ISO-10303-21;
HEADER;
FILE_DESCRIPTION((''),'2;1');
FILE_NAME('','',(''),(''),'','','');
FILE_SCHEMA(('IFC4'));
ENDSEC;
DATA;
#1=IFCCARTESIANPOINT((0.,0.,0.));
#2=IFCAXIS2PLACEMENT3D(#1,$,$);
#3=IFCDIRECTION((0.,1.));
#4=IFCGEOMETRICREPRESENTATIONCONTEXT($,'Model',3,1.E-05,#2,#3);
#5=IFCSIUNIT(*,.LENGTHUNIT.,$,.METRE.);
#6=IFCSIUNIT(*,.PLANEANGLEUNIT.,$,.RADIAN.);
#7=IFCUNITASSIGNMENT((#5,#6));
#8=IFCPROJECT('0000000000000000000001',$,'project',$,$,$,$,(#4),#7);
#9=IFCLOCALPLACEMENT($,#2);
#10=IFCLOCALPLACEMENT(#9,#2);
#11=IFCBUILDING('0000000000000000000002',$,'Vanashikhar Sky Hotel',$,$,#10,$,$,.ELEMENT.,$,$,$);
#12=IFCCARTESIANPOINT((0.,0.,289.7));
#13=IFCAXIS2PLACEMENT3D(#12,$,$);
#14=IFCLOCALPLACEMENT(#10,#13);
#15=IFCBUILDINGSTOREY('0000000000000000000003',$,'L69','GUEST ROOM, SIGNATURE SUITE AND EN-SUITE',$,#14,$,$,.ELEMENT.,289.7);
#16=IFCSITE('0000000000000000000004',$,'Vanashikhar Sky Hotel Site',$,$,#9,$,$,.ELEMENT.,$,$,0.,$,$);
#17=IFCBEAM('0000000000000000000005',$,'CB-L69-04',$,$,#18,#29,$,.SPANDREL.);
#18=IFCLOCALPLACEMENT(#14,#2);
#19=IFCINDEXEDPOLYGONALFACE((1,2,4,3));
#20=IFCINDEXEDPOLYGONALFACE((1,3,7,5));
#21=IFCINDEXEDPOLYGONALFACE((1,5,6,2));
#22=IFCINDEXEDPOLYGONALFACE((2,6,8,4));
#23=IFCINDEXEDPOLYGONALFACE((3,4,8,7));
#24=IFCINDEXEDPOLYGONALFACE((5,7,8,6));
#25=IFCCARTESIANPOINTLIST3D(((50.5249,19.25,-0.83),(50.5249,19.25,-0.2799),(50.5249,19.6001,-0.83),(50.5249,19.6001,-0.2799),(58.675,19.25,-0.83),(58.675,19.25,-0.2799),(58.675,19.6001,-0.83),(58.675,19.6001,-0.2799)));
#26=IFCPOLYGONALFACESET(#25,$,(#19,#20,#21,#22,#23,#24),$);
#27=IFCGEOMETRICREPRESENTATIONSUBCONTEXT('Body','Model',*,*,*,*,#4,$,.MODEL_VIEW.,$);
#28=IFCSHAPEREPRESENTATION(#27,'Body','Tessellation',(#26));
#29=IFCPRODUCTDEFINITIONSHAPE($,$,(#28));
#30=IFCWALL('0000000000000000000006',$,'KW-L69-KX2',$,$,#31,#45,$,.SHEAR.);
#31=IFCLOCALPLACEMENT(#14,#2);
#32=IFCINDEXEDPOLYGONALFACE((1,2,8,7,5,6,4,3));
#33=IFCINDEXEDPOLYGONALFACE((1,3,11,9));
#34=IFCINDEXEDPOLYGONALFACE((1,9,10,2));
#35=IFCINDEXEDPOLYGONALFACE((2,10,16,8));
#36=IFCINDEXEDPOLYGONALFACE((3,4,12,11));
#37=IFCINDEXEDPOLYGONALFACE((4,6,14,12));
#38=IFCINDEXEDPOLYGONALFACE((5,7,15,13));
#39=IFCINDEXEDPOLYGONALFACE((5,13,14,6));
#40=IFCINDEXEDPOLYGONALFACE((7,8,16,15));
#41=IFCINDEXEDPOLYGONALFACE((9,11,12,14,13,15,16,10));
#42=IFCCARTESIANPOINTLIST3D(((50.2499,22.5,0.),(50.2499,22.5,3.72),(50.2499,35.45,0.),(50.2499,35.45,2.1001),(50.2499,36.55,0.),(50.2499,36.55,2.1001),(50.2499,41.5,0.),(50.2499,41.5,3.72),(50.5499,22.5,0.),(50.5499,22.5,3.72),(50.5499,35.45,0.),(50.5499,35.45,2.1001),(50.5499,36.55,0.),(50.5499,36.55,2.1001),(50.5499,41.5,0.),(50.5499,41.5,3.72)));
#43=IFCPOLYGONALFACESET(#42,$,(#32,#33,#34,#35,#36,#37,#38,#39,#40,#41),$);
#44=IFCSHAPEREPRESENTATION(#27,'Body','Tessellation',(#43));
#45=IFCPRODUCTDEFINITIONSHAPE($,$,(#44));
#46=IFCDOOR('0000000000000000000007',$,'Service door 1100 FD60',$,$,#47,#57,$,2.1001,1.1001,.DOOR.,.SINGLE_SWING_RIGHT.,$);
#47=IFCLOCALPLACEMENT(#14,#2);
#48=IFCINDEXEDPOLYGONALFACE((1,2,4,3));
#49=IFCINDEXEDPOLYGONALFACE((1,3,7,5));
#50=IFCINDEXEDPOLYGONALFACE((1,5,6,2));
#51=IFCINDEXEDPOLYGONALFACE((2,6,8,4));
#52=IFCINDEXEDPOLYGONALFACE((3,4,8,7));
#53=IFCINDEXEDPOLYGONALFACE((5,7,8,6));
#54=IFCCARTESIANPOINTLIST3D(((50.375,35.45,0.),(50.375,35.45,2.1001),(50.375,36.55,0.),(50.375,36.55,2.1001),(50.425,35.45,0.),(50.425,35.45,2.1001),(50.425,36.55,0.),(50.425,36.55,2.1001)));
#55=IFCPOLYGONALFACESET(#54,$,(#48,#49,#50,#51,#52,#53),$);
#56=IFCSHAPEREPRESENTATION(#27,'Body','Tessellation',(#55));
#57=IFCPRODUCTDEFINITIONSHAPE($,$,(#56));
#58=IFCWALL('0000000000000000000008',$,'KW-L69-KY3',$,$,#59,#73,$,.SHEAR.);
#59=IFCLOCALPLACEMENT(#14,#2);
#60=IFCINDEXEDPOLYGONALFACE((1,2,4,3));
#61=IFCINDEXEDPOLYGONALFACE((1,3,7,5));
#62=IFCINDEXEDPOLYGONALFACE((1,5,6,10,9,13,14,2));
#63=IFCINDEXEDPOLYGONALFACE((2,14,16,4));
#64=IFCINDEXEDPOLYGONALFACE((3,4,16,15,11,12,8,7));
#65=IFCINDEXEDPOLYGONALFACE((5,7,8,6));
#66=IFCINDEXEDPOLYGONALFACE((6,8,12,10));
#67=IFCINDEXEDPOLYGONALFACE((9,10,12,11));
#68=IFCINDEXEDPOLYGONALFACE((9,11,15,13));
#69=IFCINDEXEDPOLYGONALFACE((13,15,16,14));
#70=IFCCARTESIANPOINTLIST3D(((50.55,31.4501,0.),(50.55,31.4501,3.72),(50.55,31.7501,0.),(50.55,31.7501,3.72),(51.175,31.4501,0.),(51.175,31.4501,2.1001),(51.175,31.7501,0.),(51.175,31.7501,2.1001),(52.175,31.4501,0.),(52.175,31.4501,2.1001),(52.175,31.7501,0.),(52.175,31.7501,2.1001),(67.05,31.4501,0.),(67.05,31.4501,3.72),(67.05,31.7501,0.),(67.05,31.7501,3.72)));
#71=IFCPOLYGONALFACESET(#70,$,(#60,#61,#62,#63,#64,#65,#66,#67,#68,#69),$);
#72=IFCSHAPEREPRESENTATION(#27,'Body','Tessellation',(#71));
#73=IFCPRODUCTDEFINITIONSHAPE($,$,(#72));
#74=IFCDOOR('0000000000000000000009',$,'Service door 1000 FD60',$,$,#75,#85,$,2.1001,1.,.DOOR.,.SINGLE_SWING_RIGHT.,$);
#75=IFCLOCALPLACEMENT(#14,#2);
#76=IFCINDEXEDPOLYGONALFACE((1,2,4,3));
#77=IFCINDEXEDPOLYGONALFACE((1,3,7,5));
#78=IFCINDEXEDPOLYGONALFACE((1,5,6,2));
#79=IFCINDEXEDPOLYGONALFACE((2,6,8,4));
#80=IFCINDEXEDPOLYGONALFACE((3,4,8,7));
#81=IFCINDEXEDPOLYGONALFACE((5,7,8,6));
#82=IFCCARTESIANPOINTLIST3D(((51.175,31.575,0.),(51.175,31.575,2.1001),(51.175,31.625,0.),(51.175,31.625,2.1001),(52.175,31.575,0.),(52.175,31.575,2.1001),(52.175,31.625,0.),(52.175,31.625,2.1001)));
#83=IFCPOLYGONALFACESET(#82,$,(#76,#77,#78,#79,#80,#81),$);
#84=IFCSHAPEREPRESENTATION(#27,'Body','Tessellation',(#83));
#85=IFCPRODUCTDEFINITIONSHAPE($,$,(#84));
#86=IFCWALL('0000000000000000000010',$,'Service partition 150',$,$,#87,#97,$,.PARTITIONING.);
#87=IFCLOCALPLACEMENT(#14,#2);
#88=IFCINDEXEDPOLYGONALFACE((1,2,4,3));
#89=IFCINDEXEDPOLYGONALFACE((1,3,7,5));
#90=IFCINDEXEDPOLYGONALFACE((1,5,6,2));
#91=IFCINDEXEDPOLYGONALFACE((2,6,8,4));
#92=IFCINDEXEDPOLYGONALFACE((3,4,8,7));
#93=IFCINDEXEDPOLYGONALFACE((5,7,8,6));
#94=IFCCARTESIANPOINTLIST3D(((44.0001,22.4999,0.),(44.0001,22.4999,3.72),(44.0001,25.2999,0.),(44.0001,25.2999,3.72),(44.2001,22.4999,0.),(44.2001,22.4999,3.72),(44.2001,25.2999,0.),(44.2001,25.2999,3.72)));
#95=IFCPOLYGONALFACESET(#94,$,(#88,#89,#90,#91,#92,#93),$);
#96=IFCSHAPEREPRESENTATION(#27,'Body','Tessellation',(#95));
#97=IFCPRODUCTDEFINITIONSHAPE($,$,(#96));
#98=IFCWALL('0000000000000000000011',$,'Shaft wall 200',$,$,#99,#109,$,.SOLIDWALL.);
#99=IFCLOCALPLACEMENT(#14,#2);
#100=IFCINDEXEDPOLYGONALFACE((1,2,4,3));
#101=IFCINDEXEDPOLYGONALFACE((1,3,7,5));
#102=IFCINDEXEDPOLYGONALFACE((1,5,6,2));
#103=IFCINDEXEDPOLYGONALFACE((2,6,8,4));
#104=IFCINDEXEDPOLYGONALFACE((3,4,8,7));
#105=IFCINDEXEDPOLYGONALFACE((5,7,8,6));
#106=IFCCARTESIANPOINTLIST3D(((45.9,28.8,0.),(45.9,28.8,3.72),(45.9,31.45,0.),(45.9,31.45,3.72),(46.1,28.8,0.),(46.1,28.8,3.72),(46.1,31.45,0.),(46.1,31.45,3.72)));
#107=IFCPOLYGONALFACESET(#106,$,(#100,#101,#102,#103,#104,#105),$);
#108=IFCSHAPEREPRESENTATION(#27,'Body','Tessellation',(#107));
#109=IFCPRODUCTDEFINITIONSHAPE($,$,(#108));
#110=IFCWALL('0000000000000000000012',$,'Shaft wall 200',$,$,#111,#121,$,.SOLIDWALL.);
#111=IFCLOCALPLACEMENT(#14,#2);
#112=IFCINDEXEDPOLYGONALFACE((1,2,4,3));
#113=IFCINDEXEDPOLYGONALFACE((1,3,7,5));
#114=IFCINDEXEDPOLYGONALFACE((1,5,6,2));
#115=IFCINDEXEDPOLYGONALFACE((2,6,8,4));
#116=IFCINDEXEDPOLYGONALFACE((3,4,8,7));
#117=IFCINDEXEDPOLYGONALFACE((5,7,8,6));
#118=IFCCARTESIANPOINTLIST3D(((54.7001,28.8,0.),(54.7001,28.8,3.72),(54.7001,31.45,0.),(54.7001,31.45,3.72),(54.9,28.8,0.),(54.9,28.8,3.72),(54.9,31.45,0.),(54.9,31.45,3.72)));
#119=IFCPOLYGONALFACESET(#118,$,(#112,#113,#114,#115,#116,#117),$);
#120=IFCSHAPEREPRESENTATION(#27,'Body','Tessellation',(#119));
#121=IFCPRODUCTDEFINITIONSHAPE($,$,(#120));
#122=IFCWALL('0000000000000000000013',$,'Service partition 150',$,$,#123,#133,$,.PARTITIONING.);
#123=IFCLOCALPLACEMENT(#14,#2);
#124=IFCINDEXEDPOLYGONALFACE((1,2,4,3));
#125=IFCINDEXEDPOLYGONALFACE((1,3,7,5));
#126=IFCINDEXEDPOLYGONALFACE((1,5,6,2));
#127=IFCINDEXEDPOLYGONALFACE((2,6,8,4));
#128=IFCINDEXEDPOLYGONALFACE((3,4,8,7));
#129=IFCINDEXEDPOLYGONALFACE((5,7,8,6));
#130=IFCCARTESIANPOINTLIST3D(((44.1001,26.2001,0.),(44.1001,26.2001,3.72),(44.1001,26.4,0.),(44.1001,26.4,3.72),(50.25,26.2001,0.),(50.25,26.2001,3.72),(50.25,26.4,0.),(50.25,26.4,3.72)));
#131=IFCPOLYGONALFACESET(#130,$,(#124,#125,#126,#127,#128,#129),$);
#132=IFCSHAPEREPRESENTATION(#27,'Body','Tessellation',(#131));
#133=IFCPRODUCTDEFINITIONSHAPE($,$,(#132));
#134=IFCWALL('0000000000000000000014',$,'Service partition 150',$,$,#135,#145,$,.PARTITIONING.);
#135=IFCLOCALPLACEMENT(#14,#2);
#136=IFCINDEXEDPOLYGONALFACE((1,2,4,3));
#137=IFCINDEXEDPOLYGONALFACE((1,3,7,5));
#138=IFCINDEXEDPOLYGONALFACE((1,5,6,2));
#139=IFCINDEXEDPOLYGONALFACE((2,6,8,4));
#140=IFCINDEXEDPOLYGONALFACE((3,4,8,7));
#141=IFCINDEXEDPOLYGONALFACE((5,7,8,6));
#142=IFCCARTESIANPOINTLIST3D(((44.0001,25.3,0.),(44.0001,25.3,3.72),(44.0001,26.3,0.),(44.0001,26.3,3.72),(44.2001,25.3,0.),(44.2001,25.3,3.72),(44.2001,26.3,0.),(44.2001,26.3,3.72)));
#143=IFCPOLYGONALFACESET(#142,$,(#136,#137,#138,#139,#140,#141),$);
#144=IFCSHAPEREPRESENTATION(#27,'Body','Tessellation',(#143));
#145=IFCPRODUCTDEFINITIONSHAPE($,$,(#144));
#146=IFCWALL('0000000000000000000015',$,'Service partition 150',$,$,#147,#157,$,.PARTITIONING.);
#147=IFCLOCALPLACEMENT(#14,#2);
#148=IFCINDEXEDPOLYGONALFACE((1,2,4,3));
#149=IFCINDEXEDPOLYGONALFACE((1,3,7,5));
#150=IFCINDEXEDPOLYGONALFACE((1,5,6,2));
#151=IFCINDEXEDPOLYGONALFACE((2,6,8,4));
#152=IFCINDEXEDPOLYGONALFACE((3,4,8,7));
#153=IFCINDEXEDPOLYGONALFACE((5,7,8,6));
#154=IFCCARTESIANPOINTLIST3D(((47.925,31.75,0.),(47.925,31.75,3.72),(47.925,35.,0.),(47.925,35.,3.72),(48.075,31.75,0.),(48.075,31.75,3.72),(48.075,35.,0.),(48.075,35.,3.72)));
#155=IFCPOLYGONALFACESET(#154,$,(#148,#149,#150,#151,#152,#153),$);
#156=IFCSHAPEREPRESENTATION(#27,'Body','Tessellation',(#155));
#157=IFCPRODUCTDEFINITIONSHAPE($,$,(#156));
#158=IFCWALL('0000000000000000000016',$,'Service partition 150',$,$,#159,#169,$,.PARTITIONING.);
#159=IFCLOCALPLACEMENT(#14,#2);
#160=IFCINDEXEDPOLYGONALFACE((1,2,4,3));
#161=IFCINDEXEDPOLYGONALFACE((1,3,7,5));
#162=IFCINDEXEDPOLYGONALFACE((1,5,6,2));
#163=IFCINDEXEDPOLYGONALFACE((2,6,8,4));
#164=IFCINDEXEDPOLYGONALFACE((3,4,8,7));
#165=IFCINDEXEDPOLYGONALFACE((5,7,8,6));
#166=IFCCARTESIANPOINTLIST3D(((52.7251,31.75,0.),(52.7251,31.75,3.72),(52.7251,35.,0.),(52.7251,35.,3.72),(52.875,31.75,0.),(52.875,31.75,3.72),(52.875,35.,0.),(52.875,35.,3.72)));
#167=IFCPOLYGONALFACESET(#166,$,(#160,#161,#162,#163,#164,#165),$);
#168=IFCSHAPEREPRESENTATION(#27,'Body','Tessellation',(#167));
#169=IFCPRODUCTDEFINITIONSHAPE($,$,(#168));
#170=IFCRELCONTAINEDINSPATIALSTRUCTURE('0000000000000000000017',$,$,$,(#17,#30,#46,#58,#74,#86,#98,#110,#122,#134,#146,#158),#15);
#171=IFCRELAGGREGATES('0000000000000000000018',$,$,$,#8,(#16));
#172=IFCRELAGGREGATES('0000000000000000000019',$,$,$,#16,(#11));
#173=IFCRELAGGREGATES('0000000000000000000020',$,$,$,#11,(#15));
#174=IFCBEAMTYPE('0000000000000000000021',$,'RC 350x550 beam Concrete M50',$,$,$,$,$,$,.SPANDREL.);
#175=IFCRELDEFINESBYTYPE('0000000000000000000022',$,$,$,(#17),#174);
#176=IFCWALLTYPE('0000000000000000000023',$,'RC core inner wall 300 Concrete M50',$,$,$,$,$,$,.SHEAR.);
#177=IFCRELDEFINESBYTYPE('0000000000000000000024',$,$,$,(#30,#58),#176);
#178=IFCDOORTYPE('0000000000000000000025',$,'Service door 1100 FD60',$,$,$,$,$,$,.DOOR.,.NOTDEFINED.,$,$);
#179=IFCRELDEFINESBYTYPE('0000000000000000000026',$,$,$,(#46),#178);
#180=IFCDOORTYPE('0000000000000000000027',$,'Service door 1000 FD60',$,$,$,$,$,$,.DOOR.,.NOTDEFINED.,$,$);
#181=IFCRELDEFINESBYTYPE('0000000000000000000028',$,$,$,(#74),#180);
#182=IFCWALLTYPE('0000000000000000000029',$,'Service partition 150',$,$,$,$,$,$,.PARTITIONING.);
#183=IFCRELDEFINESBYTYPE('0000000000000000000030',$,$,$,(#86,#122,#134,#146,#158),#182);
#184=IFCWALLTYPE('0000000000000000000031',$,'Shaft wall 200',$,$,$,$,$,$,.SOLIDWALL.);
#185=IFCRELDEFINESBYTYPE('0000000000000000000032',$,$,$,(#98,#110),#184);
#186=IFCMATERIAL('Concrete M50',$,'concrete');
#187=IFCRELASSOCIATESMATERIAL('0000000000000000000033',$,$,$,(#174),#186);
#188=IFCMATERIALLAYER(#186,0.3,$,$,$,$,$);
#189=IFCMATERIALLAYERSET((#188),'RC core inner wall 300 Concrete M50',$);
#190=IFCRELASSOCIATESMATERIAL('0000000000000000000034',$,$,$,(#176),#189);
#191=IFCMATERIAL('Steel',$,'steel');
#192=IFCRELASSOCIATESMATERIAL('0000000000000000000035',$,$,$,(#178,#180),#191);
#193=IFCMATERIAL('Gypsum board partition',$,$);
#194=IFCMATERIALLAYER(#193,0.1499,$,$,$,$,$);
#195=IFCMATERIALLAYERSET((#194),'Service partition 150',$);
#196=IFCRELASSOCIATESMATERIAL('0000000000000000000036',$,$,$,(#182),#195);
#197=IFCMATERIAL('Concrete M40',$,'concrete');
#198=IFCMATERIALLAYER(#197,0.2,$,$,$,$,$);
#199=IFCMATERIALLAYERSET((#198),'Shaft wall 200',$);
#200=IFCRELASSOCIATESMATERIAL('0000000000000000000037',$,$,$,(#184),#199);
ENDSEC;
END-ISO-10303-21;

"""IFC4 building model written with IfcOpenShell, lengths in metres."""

from ifc_helpers import new_model, si_unit, direction, frame, frame_2d, origin, origin_2d, place, context, subcontext, project, spatial, rectangle, extrude, source, transform, mapped, material, layer, layer_set, material_profile, profile_set, type_object, element, fill, save


model = new_model("IFC4")

# Units and contexts
model_context = context("Model", 3, precision=1e-05, world=origin(), true_north=direction((0.0, 1.0)))
body_context = subcontext(model_context, "Body", "Model", "MODEL_VIEW")
ifc_project = project(units=[si_unit("LENGTHUNIT", "METRE"), si_unit("PLANEANGLEUNIT", "RADIAN")], contexts=[model_context])

# Site, building, storey
site_placement = place(None, origin())
site = spatial("IfcSite", under=ifc_project, at=site_placement, Name="Vanashikhar Sky Hotel Site", CompositionType="ELEMENT", RefElevation=0.0)
building_placement = place(site_placement, origin())
building = spatial("IfcBuilding", under=site, at=building_placement, Name="Vanashikhar Sky Hotel", CompositionType="ELEMENT")
storey_placement = place(building_placement, frame((0.0, 0.0, 289.7)))
storey = spatial("IfcBuildingStorey", under=building, at=storey_placement, Name="L69", Description="GUEST ROOM, SIGNATURE SUITE AND EN-SUITE", CompositionType="ELEMENT", Elevation=289.7)

# Beam
ifc_material_1 = material(Name="Concrete M50", Category="concrete")
ifc_material_profile = material_profile(ifc_material_1, rectangle(XDim=0.3501, YDim=0.55, at=origin_2d()))
ifc_profile_set = profile_set([ifc_material_profile], Name="RC 350x550 beam Concrete M50")
beam_type = type_object("IfcBeamType", Name="RC 350x550 beam Concrete M50", PredefinedType="SPANDREL", material=ifc_profile_set)
shared_shape_1 = source(origin(), body_context, "Body", "SweptSolid", [
    extrude(rectangle(XDim=0.3501, YDim=0.55, at=origin_2d()), origin(), (0.0, 0.0, 1.0), 8.1501),
])
beam_placement = place(storey_placement, frame((50.5249, 19.425, -0.5549), z_axis=(1.0, 0.0, 0.0), x_axis=(0.0, 1.0, 0.0)))
element("IfcBeam", 1, at=beam_placement, inside=storey, type_object=beam_type, Name="CB-L69-04", PredefinedType="SPANDREL", context=body_context, shape_type="MappedRepresentation", body=[
    mapped(shared_shape_1, transform((0.0, 0.0, 0.0), scale=1.0)),
])

# Walls, openings, doors
ifc_layer_1 = layer(ifc_material_1, 0.3)
ifc_layer_set_1 = layer_set([ifc_layer_1], Name="RC core inner wall 300 Concrete M50")
wall_type_1 = type_object("IfcWallType", Name="RC core inner wall 300 Concrete M50", PredefinedType="SHEAR", material=ifc_layer_set_1)
shared_shape_2 = source(origin(), body_context, "Body", "SweptSolid", [
    extrude(rectangle(XDim=19.0, YDim=0.3, at=frame_2d((9.5, 0.0))), origin(), (0.0, 0.0, 1.0), 3.72),
])
wall_1_placement = place(storey_placement, frame((50.3999, 22.5, 0.0), z_axis=(0.0, 0.0, 1.0), x_axis=(0.0, 1.0, 0.0)))
wall_1 = element("IfcWall", 2, at=wall_1_placement, inside=storey, type_object=wall_type_1, Name="KW-L69-KX2", PredefinedType="SHEAR", context=body_context, shape_type="MappedRepresentation", body=[
    mapped(shared_shape_2, transform((0.0, 0.0, 0.0), scale=1.0)),
])
shared_shape_3 = source(origin(), body_context, "Body", "SweptSolid", [
    extrude(rectangle(XDim=1.1001, YDim=2.1001, at=frame_2d((0.55, 1.05))), frame((0.0, 0.1602, 0.0), z_axis=(0.0, -1.0, 0.0), x_axis=(1.0, 0.0, 0.0)), (0.0, 0.0, 1.0), 0.3201),
])
opening_1_placement = place(wall_1_placement, frame((12.95, 0.0, 0.0)))
opening_1 = element("IfcOpeningElement", 3, at=opening_1_placement, cuts=wall_1, PredefinedType="OPENING", context=body_context, shape_type="MappedRepresentation", body=[
    mapped(shared_shape_3, transform((0.0, 0.0, 0.0), scale=1.0)),
])
ifc_material_2 = material(Name="Steel", Category="steel")
door_type_1 = type_object("IfcDoorType", Name="Service door 1100 FD60", OperationType="NOTDEFINED", PredefinedType="DOOR", material=ifc_material_2)
shared_shape_4 = source(origin(), body_context, "Body", "SweptSolid", [
    extrude(rectangle(XDim=1.1001, YDim=2.1001, at=frame_2d((0.55, 1.05))), frame((0.0, 0.0249, 0.0), z_axis=(0.0, -1.0, 0.0), x_axis=(1.0, 0.0, 0.0)), (0.0, 0.0, 1.0), 0.05),
])
door_1_placement = place(opening_1_placement, origin())
door_1 = element("IfcDoor", 4, at=door_1_placement, inside=storey, type_object=door_type_1, Name="Service door 1100 FD60", OperationType="SINGLE_SWING_RIGHT", OverallHeight=2.1001, OverallWidth=1.1001, PredefinedType="DOOR", context=body_context, shape_type="MappedRepresentation", body=[
    mapped(shared_shape_4, transform((0.0, 0.0, 0.0), scale=1.0)),
])
fill(opening_1, door_1)
shared_shape_5 = source(origin(), body_context, "Body", "SweptSolid", [
    extrude(rectangle(XDim=16.5, YDim=0.3, at=frame_2d((8.25, 0.0))), origin(), (0.0, 0.0, 1.0), 3.72),
])
wall_2_placement = place(storey_placement, frame((50.55, 31.6001, 0.0), z_axis=(0.0, 0.0, 1.0), x_axis=(1.0, 0.0, 0.0)))
wall_2 = element("IfcWall", 5, at=wall_2_placement, inside=storey, type_object=wall_type_1, Name="KW-L69-KY3", PredefinedType="SHEAR", context=body_context, shape_type="MappedRepresentation", body=[
    mapped(shared_shape_5, transform((0.0, 0.0, 0.0), scale=1.0)),
])
shared_shape_6 = source(origin(), body_context, "Body", "SweptSolid", [
    extrude(rectangle(XDim=1.0, YDim=2.1001, at=frame_2d((0.5, 1.05))), frame((0.0, 0.1602, 0.0), z_axis=(0.0, -1.0, 0.0), x_axis=(1.0, 0.0, 0.0)), (0.0, 0.0, 1.0), 0.3201),
])
opening_2_placement = place(wall_2_placement, frame((0.625, 0.0, 0.0)))
opening_2 = element("IfcOpeningElement", 6, at=opening_2_placement, cuts=wall_2, PredefinedType="OPENING", context=body_context, shape_type="MappedRepresentation", body=[
    mapped(shared_shape_6, transform((0.0, 0.0, 0.0), scale=1.0)),
])
door_type_2 = type_object("IfcDoorType", Name="Service door 1000 FD60", OperationType="NOTDEFINED", PredefinedType="DOOR", material=ifc_material_2)
shared_shape_7 = source(origin(), body_context, "Body", "SweptSolid", [
    extrude(rectangle(XDim=1.0, YDim=2.1001, at=frame_2d((0.5, 1.05))), frame((0.0, 0.0249, 0.0), z_axis=(0.0, -1.0, 0.0), x_axis=(1.0, 0.0, 0.0)), (0.0, 0.0, 1.0), 0.05),
])
door_2_placement = place(opening_2_placement, origin())
door_2 = element("IfcDoor", 7, at=door_2_placement, inside=storey, type_object=door_type_2, Name="Service door 1000 FD60", OperationType="SINGLE_SWING_RIGHT", OverallHeight=2.1001, OverallWidth=1.0, PredefinedType="DOOR", context=body_context, shape_type="MappedRepresentation", body=[
    mapped(shared_shape_7, transform((0.0, 0.0, 0.0), scale=1.0)),
])
fill(opening_2, door_2)

# Walls
ifc_material_3 = material(Name="Gypsum board partition")
ifc_layer_2 = layer(ifc_material_3, 0.1499)
ifc_layer_set_2 = layer_set([ifc_layer_2], Name="Service partition 150")
wall_type_2 = type_object("IfcWallType", Name="Service partition 150", PredefinedType="PARTITIONING", material=ifc_layer_set_2)
shared_shape_8 = source(origin(), body_context, "Body", "SweptSolid", [
    extrude(rectangle(XDim=2.8, YDim=0.2, at=frame_2d((1.3999, 0.0))), origin(), (0.0, 0.0, 1.0), 3.72),
])
wall_3_placement = place(storey_placement, frame((44.1001, 22.5, 0.0), z_axis=(0.0, 0.0, 1.0), x_axis=(0.0, 1.0, 0.0)))
element("IfcWall", 8, at=wall_3_placement, inside=storey, type_object=wall_type_2, Name="Service partition 150", PredefinedType="PARTITIONING", context=body_context, shape_type="MappedRepresentation", body=[
    mapped(shared_shape_8, transform((0.0, 0.0, 0.0), scale=1.0)),
])
ifc_material_4 = material(Name="Concrete M40", Category="concrete")
ifc_layer_3 = layer(ifc_material_4, 0.2)
ifc_layer_set_3 = layer_set([ifc_layer_3], Name="Shaft wall 200")
wall_type_3 = type_object("IfcWallType", Name="Shaft wall 200", PredefinedType="SOLIDWALL", material=ifc_layer_set_3)
shared_shape_9 = source(origin(), body_context, "Body", "SweptSolid", [
    extrude(rectangle(XDim=2.6499, YDim=0.2, at=frame_2d((1.325, 0.0))), origin(), (0.0, 0.0, 1.0), 3.72),
])
for number, where, z_axis, x_axis, name in (
    (9, (46.0, 28.8, 0.0), (0.0, 0.0, 1.0), (0.0, 1.0, 0.0), "Shaft wall 200"),
    (10, (54.8, 28.8, 0.0), (0.0, 0.0, 1.0), (0.0, 1.0, 0.0), "Shaft wall 200"),
):
    element("IfcWall", number, at=place(storey_placement, frame(where, z_axis=z_axis, x_axis=x_axis)), inside=storey, type_object=wall_type_3, Name=name, PredefinedType="SOLIDWALL", context=body_context, shape_type="MappedRepresentation", body=[
        mapped(shared_shape_9, transform((0.0, 0.0, 0.0), scale=1.0)),
    ])
shared_shape_10 = source(origin(), body_context, "Body", "SweptSolid", [
    extrude(rectangle(XDim=6.1499, YDim=0.2, at=frame_2d((3.075, 0.0))), origin(), (0.0, 0.0, 1.0), 3.72),
])
wall_4_placement = place(storey_placement, frame((44.1001, 26.3, 0.0), z_axis=(0.0, 0.0, 1.0), x_axis=(1.0, 0.0, 0.0)))
element("IfcWall", 11, at=wall_4_placement, inside=storey, type_object=wall_type_2, Name="Service partition 150", PredefinedType="PARTITIONING", context=body_context, shape_type="MappedRepresentation", body=[
    mapped(shared_shape_10, transform((0.0, 0.0, 0.0), scale=1.0)),
])
shared_shape_11 = source(origin(), body_context, "Body", "SweptSolid", [
    extrude(rectangle(XDim=1.0, YDim=0.2, at=frame_2d((0.5, 0.0))), origin(), (0.0, 0.0, 1.0), 3.72),
])
wall_5_placement = place(storey_placement, frame((44.1001, 25.3, 0.0), z_axis=(0.0, 0.0, 1.0), x_axis=(0.0, 1.0, 0.0)))
element("IfcWall", 12, at=wall_5_placement, inside=storey, type_object=wall_type_2, Name="Service partition 150", PredefinedType="PARTITIONING", context=body_context, shape_type="MappedRepresentation", body=[
    mapped(shared_shape_11, transform((0.0, 0.0, 0.0), scale=1.0)),
])
shared_shape_12 = source(origin(), body_context, "Body", "SweptSolid", [
    extrude(rectangle(XDim=3.25, YDim=0.1499, at=frame_2d((1.625, 0.0))), origin(), (0.0, 0.0, 1.0), 3.72),
])
for number, where, z_axis, x_axis, name in (
    (13, (48.0, 31.75, 0.0), (0.0, 0.0, 1.0), (0.0, 1.0, 0.0), "Service partition 150"),
    (14, (52.8, 31.75, 0.0), (0.0, 0.0, 1.0), (0.0, 1.0, 0.0), "Service partition 150"),
):
    element("IfcWall", number, at=place(storey_placement, frame(where, z_axis=z_axis, x_axis=x_axis)), inside=storey, type_object=wall_type_2, Name=name, PredefinedType="PARTITIONING", context=body_context, shape_type="MappedRepresentation", body=[
        mapped(shared_shape_12, transform((0.0, 0.0, 0.0), scale=1.0)),
    ])

save(model, "model.ifc")
